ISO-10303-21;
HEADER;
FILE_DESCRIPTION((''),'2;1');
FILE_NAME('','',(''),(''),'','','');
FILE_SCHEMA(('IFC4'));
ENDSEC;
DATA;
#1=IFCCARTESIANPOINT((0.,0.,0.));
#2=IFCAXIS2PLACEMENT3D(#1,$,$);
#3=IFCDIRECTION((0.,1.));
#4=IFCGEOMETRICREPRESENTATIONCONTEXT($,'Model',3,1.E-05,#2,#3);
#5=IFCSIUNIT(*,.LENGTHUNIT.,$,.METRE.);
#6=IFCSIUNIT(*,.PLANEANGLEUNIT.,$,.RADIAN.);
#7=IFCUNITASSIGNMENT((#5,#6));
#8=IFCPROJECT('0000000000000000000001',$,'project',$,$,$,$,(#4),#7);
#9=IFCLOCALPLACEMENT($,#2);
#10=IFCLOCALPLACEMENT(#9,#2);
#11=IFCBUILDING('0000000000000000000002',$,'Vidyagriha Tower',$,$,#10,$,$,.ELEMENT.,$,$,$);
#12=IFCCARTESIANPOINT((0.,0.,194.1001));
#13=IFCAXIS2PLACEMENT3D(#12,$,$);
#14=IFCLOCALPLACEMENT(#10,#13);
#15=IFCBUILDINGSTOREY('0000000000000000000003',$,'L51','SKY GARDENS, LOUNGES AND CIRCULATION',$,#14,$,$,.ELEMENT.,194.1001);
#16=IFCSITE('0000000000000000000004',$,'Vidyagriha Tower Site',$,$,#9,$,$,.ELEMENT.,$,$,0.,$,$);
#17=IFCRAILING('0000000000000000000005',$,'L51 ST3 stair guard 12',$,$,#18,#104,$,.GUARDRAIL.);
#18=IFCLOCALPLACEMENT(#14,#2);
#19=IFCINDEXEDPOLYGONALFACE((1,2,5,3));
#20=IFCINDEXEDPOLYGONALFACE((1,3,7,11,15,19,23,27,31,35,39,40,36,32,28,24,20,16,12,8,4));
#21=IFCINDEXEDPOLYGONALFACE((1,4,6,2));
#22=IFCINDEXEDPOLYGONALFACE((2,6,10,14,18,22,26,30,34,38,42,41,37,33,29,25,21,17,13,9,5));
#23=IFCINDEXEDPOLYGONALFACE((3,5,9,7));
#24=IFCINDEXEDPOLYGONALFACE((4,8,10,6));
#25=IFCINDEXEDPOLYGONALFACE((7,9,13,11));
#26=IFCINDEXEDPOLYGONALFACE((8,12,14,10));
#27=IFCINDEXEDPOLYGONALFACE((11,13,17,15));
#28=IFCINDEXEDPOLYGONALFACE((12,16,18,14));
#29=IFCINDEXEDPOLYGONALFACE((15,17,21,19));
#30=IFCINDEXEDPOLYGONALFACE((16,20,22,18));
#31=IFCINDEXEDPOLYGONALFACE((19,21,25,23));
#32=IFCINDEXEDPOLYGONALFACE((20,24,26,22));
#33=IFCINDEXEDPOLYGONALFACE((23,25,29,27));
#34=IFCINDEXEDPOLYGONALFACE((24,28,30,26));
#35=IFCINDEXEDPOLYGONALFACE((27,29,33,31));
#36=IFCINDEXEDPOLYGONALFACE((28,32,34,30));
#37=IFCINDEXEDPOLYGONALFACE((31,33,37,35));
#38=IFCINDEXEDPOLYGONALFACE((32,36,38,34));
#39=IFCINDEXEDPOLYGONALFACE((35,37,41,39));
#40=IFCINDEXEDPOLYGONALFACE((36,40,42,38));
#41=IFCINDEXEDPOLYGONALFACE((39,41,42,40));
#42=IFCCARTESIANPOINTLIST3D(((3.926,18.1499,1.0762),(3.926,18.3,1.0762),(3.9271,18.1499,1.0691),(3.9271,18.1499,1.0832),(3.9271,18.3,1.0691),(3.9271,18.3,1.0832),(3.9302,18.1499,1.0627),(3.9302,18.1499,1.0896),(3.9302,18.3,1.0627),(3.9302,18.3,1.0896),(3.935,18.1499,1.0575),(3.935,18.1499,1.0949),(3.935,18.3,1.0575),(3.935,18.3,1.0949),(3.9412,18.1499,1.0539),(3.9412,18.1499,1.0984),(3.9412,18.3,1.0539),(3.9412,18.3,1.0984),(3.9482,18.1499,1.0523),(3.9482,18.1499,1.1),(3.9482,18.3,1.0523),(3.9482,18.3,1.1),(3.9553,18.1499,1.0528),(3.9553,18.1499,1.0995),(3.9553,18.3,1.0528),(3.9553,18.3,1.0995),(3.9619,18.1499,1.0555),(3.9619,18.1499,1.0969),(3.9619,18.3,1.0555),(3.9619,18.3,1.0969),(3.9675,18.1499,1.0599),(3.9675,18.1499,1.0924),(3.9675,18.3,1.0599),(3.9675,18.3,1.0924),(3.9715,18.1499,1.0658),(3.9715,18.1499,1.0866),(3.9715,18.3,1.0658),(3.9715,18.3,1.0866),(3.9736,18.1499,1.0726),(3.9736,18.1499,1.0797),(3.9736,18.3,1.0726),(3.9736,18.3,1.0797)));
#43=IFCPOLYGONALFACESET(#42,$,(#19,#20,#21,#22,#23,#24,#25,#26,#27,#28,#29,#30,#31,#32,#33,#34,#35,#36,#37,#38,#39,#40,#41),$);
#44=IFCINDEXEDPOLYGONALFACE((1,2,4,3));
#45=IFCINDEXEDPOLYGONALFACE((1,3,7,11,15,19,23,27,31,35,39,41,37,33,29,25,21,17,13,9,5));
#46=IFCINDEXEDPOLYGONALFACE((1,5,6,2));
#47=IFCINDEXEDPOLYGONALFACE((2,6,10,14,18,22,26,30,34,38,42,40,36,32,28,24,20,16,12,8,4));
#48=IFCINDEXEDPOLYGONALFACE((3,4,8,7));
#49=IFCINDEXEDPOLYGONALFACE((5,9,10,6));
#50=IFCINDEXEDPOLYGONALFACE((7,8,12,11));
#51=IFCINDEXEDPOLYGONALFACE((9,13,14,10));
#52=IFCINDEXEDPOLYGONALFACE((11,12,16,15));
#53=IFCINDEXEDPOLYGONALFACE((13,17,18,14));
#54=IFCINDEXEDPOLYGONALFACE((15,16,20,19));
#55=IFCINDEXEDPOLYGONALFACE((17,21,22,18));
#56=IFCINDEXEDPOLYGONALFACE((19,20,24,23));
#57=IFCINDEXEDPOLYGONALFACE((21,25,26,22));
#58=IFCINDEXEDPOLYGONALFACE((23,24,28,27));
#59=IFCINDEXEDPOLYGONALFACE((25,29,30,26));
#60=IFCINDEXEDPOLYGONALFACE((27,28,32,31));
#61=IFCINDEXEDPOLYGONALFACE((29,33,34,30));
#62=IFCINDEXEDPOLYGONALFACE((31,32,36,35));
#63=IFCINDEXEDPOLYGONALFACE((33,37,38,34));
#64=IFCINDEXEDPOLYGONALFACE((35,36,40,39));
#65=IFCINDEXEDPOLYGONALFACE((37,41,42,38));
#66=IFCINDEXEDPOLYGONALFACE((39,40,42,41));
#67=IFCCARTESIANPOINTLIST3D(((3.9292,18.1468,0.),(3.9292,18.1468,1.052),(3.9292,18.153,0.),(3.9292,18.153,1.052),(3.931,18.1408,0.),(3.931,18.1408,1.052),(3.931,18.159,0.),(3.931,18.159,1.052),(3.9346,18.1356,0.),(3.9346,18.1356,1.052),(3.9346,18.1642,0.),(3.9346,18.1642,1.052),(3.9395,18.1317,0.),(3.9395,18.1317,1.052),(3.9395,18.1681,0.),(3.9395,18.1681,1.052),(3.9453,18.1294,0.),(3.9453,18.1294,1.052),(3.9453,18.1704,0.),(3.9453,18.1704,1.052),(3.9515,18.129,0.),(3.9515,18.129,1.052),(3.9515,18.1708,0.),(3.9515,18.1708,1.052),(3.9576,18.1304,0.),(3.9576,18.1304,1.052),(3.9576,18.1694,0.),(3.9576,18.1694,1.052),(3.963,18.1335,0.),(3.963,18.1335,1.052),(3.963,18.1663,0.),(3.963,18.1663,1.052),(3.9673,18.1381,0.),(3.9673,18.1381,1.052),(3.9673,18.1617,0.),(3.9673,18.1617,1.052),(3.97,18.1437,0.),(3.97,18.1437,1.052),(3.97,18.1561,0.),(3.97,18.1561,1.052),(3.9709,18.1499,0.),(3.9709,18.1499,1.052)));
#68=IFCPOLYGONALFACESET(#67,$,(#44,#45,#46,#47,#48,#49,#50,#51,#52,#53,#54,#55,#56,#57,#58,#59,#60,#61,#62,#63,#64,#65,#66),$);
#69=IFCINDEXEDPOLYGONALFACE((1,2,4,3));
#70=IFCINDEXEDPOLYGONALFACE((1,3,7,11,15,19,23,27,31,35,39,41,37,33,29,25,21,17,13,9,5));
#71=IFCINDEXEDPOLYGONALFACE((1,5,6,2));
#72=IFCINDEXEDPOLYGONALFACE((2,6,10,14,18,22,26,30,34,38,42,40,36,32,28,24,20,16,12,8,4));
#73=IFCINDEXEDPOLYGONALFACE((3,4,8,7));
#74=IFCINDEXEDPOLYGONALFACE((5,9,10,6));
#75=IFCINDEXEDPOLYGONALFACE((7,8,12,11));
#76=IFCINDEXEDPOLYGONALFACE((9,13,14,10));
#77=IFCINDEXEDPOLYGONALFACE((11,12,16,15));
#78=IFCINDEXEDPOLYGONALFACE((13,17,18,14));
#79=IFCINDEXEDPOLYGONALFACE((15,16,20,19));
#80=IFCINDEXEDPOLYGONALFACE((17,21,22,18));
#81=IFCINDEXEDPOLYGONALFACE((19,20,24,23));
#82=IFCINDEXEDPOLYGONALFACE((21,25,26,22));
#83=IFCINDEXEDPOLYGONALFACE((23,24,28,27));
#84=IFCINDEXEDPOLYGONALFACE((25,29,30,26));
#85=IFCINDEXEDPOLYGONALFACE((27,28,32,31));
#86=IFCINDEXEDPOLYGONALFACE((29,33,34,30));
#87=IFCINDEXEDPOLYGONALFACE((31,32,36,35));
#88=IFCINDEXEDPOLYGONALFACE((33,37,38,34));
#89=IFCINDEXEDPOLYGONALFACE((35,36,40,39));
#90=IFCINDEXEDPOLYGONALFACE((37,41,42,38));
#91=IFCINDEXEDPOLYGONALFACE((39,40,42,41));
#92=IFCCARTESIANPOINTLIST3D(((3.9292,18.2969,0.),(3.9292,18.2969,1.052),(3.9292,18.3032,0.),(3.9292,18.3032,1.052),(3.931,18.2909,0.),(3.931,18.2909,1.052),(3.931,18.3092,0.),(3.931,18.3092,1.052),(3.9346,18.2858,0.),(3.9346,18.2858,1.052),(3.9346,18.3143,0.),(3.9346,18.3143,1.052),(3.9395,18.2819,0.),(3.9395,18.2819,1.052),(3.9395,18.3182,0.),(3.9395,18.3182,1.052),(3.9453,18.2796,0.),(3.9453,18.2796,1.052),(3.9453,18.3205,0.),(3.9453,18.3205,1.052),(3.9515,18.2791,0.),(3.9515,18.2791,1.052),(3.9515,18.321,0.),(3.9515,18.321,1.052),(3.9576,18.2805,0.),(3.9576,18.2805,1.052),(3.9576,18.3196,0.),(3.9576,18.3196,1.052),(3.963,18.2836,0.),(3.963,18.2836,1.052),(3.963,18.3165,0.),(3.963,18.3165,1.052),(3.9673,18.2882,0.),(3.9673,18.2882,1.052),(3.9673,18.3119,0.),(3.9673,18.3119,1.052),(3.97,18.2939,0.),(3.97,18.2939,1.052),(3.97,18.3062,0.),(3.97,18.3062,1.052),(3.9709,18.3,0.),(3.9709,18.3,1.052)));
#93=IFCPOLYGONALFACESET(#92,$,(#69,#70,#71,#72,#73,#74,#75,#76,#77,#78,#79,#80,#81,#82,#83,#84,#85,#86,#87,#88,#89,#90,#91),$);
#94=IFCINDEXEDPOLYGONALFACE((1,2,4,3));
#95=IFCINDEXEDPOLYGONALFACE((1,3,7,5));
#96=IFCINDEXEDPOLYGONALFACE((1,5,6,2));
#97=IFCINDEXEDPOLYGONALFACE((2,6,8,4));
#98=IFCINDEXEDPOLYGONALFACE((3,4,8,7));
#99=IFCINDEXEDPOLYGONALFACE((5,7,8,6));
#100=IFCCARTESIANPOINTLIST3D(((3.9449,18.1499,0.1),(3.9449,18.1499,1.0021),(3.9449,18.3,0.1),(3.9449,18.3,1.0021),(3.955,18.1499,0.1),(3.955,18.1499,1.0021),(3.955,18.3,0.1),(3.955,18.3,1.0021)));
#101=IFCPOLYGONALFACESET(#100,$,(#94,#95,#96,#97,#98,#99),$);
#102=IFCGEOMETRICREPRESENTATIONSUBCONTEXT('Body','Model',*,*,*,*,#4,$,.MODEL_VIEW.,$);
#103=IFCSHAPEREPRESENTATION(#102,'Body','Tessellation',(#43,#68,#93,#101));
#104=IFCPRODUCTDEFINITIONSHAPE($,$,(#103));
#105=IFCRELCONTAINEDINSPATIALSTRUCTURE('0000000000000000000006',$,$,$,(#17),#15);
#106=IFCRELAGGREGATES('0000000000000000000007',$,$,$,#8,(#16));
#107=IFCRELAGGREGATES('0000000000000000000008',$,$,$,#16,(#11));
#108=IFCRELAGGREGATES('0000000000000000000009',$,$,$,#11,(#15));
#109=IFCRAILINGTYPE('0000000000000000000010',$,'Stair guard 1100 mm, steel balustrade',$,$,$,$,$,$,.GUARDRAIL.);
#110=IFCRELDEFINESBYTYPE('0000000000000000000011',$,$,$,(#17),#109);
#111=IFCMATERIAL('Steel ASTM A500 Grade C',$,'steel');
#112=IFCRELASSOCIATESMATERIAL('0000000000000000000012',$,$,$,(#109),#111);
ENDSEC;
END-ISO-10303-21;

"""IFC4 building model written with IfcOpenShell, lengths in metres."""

from ifc_helpers import new_model, si_unit, direction, frame, origin, origin_2d, place, context, subcontext, project, spatial, rectangle, circle, extrude, material, type_object, element, save


model = new_model("IFC4")

# Units and contexts
model_context = context("Model", 3, precision=1e-05, world=origin(), true_north=direction((0.0, 1.0)))
body_context = subcontext(model_context, "Body", "Model", "MODEL_VIEW")
ifc_project = project(units=[si_unit("LENGTHUNIT", "METRE"), si_unit("PLANEANGLEUNIT", "RADIAN")], contexts=[model_context])

# Site, building, storey
site_placement = place(None, origin())
site = spatial("IfcSite", under=ifc_project, at=site_placement, Name="Vidyagriha Tower Site", CompositionType="ELEMENT", RefElevation=0.0)
building_placement = place(site_placement, origin())
building = spatial("IfcBuilding", under=site, at=building_placement, Name="Vidyagriha Tower", CompositionType="ELEMENT")
storey_placement = place(building_placement, frame((0.0, 0.0, 194.1001)))
storey = spatial("IfcBuildingStorey", under=building, at=storey_placement, Name="L51", Description="SKY GARDENS, LOUNGES AND CIRCULATION", CompositionType="ELEMENT", Elevation=194.1001)

# Railing
ifc_material_1 = material(Name="Steel ASTM A500 Grade C", Category="steel")
railing_type_1 = type_object("IfcRailingType", Name="Stair guard 1100 mm, steel balustrade", PredefinedType="GUARDRAIL", material=ifc_material_1)
railing_1_placement = place(storey_placement, frame((3.95, 18.1499, 0.0)))
element("IfcRailing", 1, at=railing_1_placement, inside=storey, type_object=railing_type_1, Name="L51 ST3 stair guard 12", PredefinedType="GUARDRAIL", context=body_context, shape_type="SweptSolid", body=[
    extrude(circle(Radius=0.0239, at=origin_2d()), frame((0.0, 0.0, 1.0762), z_axis=(0.0, 1.0, 0.0), x_axis=(-1.0, 0.0, 0.0)), (0.0, 0.0, 1.0), 0.1501),
    extrude(circle(Radius=0.021, at=origin_2d()), origin(), (0.0, 0.0, 1.0), 1.052),
    extrude(circle(Radius=0.021, at=origin_2d()), frame((0.0, 0.1501, 0.0)), (0.0, 0.0, 1.0), 1.052),
    extrude(rectangle(XDim=0.01, YDim=0.9021, at=origin_2d()), frame((0.0, 0.0, 0.551), z_axis=(0.0, 1.0, 0.0), x_axis=(-1.0, 0.0, 0.0)), (0.0, 0.0, 1.0), 0.1501),
])

save(model, "model.ifc")
